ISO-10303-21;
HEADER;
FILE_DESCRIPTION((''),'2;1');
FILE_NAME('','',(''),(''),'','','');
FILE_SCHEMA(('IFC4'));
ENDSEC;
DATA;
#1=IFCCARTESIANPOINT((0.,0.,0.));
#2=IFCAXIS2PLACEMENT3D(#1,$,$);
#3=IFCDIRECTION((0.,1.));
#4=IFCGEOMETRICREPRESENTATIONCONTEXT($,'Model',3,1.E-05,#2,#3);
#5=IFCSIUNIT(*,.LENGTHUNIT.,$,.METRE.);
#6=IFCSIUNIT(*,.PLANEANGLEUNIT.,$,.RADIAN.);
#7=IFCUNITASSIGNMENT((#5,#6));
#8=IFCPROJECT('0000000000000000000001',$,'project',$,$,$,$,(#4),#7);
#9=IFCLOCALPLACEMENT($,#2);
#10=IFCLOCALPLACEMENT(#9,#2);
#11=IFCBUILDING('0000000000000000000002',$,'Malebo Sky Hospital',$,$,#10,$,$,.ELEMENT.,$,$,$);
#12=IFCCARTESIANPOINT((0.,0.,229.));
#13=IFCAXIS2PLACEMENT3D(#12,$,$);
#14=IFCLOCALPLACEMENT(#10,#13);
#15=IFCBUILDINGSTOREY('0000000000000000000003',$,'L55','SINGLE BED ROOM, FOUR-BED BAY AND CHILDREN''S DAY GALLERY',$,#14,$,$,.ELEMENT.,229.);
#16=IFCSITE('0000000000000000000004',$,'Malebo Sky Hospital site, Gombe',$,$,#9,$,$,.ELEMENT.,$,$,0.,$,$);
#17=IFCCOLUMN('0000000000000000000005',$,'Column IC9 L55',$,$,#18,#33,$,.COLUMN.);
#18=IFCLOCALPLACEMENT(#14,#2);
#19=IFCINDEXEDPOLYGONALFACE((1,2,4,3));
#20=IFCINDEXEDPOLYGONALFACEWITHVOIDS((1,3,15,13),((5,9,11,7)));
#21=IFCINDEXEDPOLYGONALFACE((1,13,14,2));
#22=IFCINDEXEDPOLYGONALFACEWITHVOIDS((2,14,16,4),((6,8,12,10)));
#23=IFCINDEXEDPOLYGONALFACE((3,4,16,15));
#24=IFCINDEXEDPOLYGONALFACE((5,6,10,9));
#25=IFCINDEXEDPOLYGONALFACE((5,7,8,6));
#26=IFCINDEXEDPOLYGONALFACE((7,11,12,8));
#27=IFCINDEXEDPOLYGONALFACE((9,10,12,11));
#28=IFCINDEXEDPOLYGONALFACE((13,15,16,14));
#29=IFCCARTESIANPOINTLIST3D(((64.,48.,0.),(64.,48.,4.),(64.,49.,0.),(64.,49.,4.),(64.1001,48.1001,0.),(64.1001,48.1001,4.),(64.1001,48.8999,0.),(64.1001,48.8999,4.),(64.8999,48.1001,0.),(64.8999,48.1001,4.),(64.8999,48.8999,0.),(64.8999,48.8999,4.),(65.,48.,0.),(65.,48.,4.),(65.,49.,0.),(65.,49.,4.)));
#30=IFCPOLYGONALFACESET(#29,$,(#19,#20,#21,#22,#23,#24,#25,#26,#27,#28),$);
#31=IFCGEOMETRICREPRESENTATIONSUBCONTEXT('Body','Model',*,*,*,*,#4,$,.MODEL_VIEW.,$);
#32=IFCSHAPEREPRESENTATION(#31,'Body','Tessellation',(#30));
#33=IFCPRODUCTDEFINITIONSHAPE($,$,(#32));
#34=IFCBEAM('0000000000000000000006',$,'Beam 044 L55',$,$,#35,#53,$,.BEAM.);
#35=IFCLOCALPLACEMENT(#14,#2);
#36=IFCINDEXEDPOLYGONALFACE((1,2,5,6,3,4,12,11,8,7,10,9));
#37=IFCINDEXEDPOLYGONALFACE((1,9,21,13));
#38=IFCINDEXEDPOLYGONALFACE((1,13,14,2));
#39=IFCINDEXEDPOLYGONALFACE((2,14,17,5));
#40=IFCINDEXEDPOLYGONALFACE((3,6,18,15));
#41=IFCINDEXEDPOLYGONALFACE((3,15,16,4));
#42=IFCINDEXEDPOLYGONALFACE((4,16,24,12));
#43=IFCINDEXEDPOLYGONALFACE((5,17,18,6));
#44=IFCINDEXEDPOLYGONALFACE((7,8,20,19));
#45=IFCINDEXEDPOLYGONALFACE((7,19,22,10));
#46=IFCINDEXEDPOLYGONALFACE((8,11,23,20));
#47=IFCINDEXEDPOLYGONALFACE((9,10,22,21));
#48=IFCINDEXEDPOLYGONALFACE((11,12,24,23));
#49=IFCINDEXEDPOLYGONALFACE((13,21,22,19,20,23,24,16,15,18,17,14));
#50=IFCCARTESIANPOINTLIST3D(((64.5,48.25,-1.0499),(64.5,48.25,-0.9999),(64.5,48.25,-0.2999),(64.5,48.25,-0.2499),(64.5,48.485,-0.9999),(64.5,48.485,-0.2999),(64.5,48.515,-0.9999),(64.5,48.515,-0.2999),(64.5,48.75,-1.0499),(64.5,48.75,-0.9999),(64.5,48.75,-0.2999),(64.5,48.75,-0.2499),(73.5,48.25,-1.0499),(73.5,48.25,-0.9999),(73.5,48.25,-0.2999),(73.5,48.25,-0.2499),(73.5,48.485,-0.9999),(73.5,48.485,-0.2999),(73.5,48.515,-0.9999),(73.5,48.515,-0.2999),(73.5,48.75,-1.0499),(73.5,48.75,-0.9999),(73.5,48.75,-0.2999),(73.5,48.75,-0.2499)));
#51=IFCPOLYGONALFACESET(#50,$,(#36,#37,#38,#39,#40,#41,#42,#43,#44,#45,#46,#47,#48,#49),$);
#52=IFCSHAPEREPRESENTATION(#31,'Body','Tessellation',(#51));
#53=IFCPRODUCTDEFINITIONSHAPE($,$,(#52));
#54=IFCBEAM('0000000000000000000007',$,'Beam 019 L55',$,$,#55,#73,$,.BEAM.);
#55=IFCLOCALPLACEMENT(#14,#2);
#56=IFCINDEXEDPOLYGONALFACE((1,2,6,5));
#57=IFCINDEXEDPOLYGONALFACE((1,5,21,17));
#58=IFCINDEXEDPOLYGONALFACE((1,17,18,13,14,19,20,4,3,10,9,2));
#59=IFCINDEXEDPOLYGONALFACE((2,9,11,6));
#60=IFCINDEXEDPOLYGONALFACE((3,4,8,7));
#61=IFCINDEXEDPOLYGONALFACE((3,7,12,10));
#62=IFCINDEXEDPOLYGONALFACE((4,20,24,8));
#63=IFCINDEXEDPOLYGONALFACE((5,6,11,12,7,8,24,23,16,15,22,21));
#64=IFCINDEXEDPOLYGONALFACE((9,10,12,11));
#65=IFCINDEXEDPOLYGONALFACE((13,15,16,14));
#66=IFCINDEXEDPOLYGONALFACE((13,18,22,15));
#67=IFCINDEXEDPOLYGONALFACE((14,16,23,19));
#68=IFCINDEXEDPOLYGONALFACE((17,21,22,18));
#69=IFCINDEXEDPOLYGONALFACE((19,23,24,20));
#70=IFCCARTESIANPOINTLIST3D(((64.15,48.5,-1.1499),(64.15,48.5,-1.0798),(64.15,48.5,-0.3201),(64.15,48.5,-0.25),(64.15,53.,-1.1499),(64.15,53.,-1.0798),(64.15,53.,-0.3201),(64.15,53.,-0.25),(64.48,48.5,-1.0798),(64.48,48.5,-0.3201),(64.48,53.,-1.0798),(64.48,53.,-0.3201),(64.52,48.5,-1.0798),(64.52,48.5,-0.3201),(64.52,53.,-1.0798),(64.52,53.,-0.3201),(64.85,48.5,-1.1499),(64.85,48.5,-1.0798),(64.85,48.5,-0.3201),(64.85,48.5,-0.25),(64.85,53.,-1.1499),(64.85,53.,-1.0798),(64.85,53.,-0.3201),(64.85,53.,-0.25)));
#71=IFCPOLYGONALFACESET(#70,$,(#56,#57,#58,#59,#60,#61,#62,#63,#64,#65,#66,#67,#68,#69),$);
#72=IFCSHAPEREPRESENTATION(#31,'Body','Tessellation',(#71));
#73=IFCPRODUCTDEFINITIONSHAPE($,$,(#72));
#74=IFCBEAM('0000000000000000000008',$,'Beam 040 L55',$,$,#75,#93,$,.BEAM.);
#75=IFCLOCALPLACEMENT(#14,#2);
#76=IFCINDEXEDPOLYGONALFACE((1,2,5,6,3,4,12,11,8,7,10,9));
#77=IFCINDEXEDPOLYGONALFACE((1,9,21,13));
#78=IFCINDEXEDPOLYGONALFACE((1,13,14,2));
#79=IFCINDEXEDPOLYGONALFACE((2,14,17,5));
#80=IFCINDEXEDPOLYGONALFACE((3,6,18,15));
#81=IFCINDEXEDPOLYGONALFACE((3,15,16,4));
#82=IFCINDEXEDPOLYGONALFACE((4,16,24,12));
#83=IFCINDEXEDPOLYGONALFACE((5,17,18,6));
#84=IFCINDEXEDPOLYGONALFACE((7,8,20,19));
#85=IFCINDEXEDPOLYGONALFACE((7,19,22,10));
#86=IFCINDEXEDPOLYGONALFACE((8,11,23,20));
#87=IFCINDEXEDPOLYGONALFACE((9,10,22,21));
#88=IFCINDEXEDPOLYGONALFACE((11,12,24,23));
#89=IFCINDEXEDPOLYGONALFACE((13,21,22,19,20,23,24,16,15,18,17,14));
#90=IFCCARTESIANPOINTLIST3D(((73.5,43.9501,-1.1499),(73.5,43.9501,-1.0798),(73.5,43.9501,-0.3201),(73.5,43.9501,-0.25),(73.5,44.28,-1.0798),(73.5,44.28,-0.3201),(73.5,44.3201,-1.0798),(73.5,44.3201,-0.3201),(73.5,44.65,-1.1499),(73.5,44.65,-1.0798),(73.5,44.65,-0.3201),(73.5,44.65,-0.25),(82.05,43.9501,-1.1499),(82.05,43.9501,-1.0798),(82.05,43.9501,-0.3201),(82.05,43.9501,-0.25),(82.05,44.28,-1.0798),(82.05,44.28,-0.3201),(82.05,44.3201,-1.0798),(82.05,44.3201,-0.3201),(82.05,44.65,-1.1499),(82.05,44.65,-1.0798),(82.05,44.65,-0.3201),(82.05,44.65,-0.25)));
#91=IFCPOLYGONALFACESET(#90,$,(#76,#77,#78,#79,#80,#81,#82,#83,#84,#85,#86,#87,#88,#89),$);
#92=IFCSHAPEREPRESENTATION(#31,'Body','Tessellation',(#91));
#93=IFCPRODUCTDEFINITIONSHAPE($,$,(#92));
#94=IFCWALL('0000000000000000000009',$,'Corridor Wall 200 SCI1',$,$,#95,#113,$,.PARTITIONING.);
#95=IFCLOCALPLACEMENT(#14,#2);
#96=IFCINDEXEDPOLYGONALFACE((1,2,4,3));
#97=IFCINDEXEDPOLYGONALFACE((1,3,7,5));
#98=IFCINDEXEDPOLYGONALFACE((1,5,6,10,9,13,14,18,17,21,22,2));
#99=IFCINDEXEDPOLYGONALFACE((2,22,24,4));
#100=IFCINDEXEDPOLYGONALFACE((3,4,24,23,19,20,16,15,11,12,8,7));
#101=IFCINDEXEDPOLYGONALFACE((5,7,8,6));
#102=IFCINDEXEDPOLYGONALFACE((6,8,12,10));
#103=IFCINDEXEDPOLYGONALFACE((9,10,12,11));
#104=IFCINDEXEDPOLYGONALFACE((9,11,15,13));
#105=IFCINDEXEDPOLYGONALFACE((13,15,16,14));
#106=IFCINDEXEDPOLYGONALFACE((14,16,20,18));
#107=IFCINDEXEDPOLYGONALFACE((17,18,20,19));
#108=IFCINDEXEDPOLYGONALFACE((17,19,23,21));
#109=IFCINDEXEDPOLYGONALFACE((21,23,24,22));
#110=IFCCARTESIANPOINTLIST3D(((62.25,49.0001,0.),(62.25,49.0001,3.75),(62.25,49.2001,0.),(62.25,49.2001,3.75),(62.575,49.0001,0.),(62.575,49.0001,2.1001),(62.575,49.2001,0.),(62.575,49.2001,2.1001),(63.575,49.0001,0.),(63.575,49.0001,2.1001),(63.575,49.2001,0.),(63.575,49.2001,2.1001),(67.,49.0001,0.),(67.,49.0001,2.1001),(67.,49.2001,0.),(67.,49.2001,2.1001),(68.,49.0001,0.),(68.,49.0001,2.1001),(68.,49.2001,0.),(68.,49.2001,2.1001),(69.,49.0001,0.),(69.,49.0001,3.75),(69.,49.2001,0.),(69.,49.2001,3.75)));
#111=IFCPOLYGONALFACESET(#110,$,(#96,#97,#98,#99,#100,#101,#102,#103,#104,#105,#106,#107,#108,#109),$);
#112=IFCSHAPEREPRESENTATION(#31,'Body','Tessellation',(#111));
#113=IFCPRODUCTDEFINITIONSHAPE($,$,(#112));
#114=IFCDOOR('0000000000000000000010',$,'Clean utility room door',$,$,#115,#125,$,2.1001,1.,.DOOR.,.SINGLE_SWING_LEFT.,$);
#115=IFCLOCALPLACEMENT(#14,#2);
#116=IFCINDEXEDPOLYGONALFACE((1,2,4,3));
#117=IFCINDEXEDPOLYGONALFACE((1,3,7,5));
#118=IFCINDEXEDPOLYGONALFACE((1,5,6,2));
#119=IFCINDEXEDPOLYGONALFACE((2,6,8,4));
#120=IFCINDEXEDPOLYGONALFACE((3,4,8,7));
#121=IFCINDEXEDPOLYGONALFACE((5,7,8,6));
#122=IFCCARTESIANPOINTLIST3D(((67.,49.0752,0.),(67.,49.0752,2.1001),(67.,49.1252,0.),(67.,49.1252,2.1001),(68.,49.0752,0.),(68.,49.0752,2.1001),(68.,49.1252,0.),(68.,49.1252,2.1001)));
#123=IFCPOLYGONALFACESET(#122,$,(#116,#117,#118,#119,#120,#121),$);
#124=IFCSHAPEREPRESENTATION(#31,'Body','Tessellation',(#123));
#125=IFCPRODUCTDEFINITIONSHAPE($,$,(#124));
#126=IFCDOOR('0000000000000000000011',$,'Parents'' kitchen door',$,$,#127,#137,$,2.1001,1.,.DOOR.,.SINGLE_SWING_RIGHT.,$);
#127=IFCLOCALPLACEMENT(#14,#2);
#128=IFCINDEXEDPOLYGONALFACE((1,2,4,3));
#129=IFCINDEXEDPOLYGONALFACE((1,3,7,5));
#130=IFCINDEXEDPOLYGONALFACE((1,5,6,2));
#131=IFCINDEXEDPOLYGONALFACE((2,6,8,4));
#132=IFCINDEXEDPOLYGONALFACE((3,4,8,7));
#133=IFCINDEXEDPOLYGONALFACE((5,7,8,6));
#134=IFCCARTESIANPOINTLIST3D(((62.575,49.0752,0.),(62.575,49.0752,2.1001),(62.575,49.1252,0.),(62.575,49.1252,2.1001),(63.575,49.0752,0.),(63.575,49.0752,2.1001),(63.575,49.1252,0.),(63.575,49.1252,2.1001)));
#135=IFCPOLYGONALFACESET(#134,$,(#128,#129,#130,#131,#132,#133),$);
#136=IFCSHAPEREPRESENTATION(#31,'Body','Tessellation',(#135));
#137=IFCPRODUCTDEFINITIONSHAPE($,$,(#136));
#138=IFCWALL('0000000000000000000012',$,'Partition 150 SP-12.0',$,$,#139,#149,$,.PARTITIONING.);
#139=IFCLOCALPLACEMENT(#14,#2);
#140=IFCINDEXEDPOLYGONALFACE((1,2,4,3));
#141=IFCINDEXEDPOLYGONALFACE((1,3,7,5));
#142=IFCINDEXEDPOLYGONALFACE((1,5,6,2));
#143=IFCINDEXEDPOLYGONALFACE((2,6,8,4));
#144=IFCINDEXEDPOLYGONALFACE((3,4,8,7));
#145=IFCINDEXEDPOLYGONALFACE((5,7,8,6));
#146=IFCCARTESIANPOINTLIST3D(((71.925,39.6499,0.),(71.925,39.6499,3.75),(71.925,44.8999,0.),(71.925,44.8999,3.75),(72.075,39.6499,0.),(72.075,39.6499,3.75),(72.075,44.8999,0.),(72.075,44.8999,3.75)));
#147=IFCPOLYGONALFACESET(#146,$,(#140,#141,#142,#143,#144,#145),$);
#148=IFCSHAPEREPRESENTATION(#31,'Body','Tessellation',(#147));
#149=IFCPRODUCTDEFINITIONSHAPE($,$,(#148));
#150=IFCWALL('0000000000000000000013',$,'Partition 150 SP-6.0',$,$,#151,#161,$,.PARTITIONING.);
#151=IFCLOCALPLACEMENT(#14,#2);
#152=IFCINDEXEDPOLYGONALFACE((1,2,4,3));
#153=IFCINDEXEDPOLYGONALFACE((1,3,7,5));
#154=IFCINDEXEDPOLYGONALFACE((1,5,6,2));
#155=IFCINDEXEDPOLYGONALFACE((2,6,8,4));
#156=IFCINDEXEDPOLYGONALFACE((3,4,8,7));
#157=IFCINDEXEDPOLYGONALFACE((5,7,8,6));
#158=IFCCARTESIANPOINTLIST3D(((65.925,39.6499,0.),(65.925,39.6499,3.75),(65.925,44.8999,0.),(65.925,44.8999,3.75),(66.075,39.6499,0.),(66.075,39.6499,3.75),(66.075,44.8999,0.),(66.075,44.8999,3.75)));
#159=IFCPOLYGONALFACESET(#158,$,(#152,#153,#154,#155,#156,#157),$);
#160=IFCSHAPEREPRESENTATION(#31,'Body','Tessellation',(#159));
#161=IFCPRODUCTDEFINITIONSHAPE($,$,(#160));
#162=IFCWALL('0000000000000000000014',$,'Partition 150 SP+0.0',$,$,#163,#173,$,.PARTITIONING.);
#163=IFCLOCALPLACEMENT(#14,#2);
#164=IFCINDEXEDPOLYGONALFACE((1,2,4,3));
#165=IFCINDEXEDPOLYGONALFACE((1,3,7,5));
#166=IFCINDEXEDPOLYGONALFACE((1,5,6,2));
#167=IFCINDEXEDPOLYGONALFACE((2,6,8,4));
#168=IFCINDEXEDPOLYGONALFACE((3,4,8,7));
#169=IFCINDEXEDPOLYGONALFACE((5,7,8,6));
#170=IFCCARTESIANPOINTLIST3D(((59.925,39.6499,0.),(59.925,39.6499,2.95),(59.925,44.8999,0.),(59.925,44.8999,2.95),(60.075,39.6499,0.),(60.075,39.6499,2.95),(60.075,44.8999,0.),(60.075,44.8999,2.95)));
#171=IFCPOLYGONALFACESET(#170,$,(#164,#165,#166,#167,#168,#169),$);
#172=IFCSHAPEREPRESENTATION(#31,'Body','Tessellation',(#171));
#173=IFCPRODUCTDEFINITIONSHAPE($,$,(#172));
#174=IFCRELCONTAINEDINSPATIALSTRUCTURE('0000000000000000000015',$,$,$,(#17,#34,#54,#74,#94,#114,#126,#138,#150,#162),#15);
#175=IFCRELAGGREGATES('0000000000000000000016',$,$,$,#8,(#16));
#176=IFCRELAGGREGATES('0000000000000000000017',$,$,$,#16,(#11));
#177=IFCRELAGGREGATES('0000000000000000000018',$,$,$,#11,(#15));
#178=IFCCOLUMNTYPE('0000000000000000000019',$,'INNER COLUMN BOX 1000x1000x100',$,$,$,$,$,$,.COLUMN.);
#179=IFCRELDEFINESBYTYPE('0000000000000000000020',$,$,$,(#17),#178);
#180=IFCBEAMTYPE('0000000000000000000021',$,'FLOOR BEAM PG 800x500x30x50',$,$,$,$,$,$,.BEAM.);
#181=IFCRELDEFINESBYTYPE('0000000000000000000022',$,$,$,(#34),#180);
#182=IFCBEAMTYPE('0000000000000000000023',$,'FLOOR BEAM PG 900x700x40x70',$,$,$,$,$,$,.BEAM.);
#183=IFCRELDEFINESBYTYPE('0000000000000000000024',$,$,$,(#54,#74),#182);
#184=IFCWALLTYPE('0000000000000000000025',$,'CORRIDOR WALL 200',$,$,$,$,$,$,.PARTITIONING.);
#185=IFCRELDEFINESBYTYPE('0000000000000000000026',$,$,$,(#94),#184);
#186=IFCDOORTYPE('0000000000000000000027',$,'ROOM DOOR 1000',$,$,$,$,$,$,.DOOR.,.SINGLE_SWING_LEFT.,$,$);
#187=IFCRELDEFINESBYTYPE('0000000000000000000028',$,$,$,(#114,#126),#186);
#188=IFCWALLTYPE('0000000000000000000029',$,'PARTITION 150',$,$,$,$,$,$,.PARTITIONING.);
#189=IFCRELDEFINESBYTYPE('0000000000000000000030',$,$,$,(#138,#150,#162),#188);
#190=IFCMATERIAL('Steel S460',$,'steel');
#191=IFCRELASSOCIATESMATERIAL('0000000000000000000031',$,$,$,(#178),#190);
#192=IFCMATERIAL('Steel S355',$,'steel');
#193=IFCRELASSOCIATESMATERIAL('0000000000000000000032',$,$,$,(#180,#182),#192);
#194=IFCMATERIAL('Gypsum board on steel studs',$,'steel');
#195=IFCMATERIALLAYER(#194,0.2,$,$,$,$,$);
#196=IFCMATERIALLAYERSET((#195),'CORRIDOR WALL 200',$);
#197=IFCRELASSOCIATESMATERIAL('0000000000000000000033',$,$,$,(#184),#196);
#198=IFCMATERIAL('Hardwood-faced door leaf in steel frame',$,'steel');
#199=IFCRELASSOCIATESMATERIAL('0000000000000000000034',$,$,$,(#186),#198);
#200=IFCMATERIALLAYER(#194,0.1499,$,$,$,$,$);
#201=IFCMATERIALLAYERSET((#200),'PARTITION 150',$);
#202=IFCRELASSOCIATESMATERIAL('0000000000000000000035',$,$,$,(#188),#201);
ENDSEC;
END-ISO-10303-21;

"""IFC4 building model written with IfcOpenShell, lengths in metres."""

from ifc_helpers import new_model, si_unit, direction, frame, frame_2d, origin, origin_2d, place, context, subcontext, project, spatial, rectangle, hollow_rectangle, i_section, extrude, material, layer, layer_set, material_profile, profile_set, type_object, element, fill, save


model = new_model("IFC4")

# Units and contexts
model_context = context("Model", 3, precision=1e-05, world=origin(), true_north=direction((0.0, 1.0)))
body_context = subcontext(model_context, "Body", "Model", "MODEL_VIEW")
ifc_project = project(units=[si_unit("LENGTHUNIT", "METRE"), si_unit("PLANEANGLEUNIT", "RADIAN")], contexts=[model_context])

# Site, building, storey
site_placement = place(None, origin())
site = spatial("IfcSite", under=ifc_project, at=site_placement, Name="Malebo Sky Hospital site, Gombe", CompositionType="ELEMENT", RefElevation=0.0)
building_placement = place(site_placement, origin())
building = spatial("IfcBuilding", under=site, at=building_placement, Name="Malebo Sky Hospital", CompositionType="ELEMENT")
storey_placement = place(building_placement, frame((0.0, 0.0, 229.0)))
storey = spatial("IfcBuildingStorey", under=building, at=storey_placement, Name="L55", Description="SINGLE BED ROOM, FOUR-BED BAY AND CHILDREN'S DAY GALLERY", CompositionType="ELEMENT", Elevation=229.0)

# Column
ifc_material_1 = material(Name="Steel S460", Category="steel")
ifc_material_profile_1 = material_profile(ifc_material_1, hollow_rectangle(XDim=1.0, YDim=1.0, WallThickness=0.1001, at=origin_2d()), Name="BOX 1000x1000x100")
ifc_profile_set_1 = profile_set([ifc_material_profile_1], Name="Steel S460")
column_type = type_object("IfcColumnType", Name="INNER COLUMN BOX 1000x1000x100", PredefinedType="COLUMN", material=ifc_profile_set_1)
column_placement = place(storey_placement, frame((64.5, 48.5, 0.0), z_axis=(0.0, 0.0, 1.0), x_axis=(1.0, 0.0, 0.0)))
element("IfcColumn", 1, at=column_placement, inside=storey, type_object=column_type, Name="Column IC9 L55", PredefinedType="COLUMN", context=body_context, shape_type="SweptSolid", body=[
    extrude(hollow_rectangle(XDim=1.0, YDim=1.0, WallThickness=0.1001, at=origin_2d()), origin(), (0.0, 0.0, 1.0), 4.0),
])

# Beams
ifc_material_2 = material(Name="Steel S355", Category="steel")
ifc_material_profile_2 = material_profile(ifc_material_2, i_section(OverallWidth=0.5, OverallDepth=0.8, WebThickness=0.03, FlangeThickness=0.05, at=origin_2d()), Name="PG 800x500x30x50")
ifc_profile_set_2 = profile_set([ifc_material_profile_2], Name="Steel S355")
beam_type_1 = type_object("IfcBeamType", Name="FLOOR BEAM PG 800x500x30x50", PredefinedType="BEAM", material=ifc_profile_set_2)
beam_1_placement = place(storey_placement, frame((64.5, 48.5, -0.6499), z_axis=(1.0, 0.0, 0.0), x_axis=(0.0, 1.0, 0.0)))
element("IfcBeam", 2, at=beam_1_placement, inside=storey, type_object=beam_type_1, Name="Beam 044 L55", PredefinedType="BEAM", context=body_context, shape_type="SweptSolid", body=[
    extrude(i_section(OverallWidth=0.5, OverallDepth=0.8, WebThickness=0.03, FlangeThickness=0.05, at=origin_2d()), origin(), (0.0, 0.0, 1.0), 9.0),
])
ifc_material_profile_3 = material_profile(ifc_material_2, i_section(OverallWidth=0.7, OverallDepth=0.8999, WebThickness=0.04, FlangeThickness=0.0701, at=origin_2d()), Name="PG 900x700x40x70")
ifc_profile_set_3 = profile_set([ifc_material_profile_3], Name="Steel S355")
beam_type_2 = type_object("IfcBeamType", Name="FLOOR BEAM PG 900x700x40x70", PredefinedType="BEAM", material=ifc_profile_set_3)
beam_2_placement = place(storey_placement, frame((64.5, 48.5, -0.7), z_axis=(0.0, 1.0, 0.0), x_axis=(-1.0, 0.0, 0.0)))
element("IfcBeam", 3, at=beam_2_placement, inside=storey, type_object=beam_type_2, Name="Beam 019 L55", PredefinedType="BEAM", context=body_context, shape_type="SweptSolid", body=[
    extrude(i_section(OverallWidth=0.7, OverallDepth=0.8999, WebThickness=0.04, FlangeThickness=0.0701, at=origin_2d()), origin(), (0.0, 0.0, 1.0), 4.5),
])
beam_3_placement = place(storey_placement, frame((73.5, 44.3, -0.7), z_axis=(1.0, 0.0, 0.0), x_axis=(0.0, 1.0, 0.0)))
element("IfcBeam", 4, at=beam_3_placement, inside=storey, type_object=beam_type_2, Name="Beam 040 L55", PredefinedType="BEAM", context=body_context, shape_type="SweptSolid", body=[
    extrude(i_section(OverallWidth=0.7, OverallDepth=0.8999, WebThickness=0.04, FlangeThickness=0.0701, at=origin_2d()), origin(), (0.0, 0.0, 1.0), 8.55),
])

# Wall, openings, doors
ifc_material_3 = material(Name="Gypsum board on steel studs", Category="steel")
ifc_layer_1 = layer(ifc_material_3, 0.2)
ifc_layer_set_1 = layer_set([ifc_layer_1], Name="CORRIDOR WALL 200")
wall_type_1 = type_object("IfcWallType", Name="CORRIDOR WALL 200", PredefinedType="PARTITIONING", material=ifc_layer_set_1)
wall_1_placement = place(storey_placement, frame((69.0, 49.1001, 0.0), z_axis=(0.0, 0.0, 1.0), x_axis=(-1.0, 0.0, 0.0)))
wall_1 = element("IfcWall", 5, at=wall_1_placement, inside=storey, type_object=wall_type_1, Name="Corridor Wall 200 SCI1", PredefinedType="PARTITIONING", context=body_context, shape_type="SweptSolid", body=[
    extrude(rectangle(XDim=6.75, YDim=0.2, at=frame_2d((3.375, 0.0))), origin(), (0.0, 0.0, 1.0), 3.75),
])
opening_1_placement = place(wall_1_placement, frame((1.0, 0.0, 0.0)))
opening_1 = element("IfcOpeningElement", 6, at=opening_1_placement, cuts=wall_1, PredefinedType="OPENING", context=body_context, shape_type="SweptSolid", body=[
    extrude(rectangle(XDim=1.0, YDim=2.1001, at=frame_2d((0.5, 1.05))), frame((0.0, 0.1099, 0.0), z_axis=(0.0, -1.0, 0.0), x_axis=(1.0, 0.0, 0.0)), (0.0, 0.0, 1.0), 0.22),
])
opening_2_placement = place(wall_1_placement, frame((5.425, 0.0, 0.0)))
opening_2 = element("IfcOpeningElement", 7, at=opening_2_placement, cuts=wall_1, PredefinedType="OPENING", context=body_context, shape_type="SweptSolid", body=[
    extrude(rectangle(XDim=1.0, YDim=2.1001, at=frame_2d((0.5, 1.05))), frame((0.0, 0.1099, 0.0), z_axis=(0.0, -1.0, 0.0), x_axis=(1.0, 0.0, 0.0)), (0.0, 0.0, 1.0), 0.22),
])
ifc_material_4 = material(Name="Hardwood-faced door leaf in steel frame", Category="steel")
door_type_1 = type_object("IfcDoorType", Name="ROOM DOOR 1000", OperationType="SINGLE_SWING_LEFT", PredefinedType="DOOR", material=ifc_material_4)
door_1_placement = place(opening_1_placement, origin())
door_1 = element("IfcDoor", 8, at=door_1_placement, inside=storey, type_object=door_type_1, Name="Clean utility room door", OperationType="SINGLE_SWING_LEFT", OverallHeight=2.1001, OverallWidth=1.0, PredefinedType="DOOR", context=body_context, shape_type="SweptSolid", body=[
    extrude(rectangle(XDim=1.0, YDim=2.1001, at=frame_2d((0.5, 1.05))), frame((0.0, 0.0249, 0.0), z_axis=(0.0, -1.0, 0.0), x_axis=(1.0, 0.0, 0.0)), (0.0, 0.0, 1.0), 0.05),
])
fill(opening_1, door_1)
door_2_placement = place(opening_2_placement, origin())
door_2 = element("IfcDoor", 9, at=door_2_placement, inside=storey, type_object=door_type_1, Name="Parents' kitchen door", OperationType="SINGLE_SWING_RIGHT", OverallHeight=2.1001, OverallWidth=1.0, PredefinedType="DOOR", context=body_context, shape_type="SweptSolid", body=[
    extrude(rectangle(XDim=1.0, YDim=2.1001, at=frame_2d((0.5, 1.05))), frame((0.0, 0.0249, 0.0), z_axis=(0.0, -1.0, 0.0), x_axis=(1.0, 0.0, 0.0)), (0.0, 0.0, 1.0), 0.05),
])
fill(opening_2, door_2)

# Walls
ifc_layer_2 = layer(ifc_material_3, 0.1499)
ifc_layer_set_2 = layer_set([ifc_layer_2], Name="PARTITION 150")
wall_type_2 = type_object("IfcWallType", Name="PARTITION 150", PredefinedType="PARTITIONING", material=ifc_layer_set_2)
for number, where, z_axis, x_axis, name in (
    (10, (72.0, 44.8999, 0.0), (0.0, 0.0, 1.0), (0.0, -1.0, 0.0), "Partition 150 SP-12.0"),
    (11, (66.0, 44.8999, 0.0), (0.0, 0.0, 1.0), (0.0, -1.0, 0.0), "Partition 150 SP-6.0"),
):
    element("IfcWall", number, at=place(storey_placement, frame(where, z_axis=z_axis, x_axis=x_axis)), inside=storey, type_object=wall_type_2, Name=name, PredefinedType="PARTITIONING", context=body_context, shape_type="SweptSolid", body=[
        extrude(rectangle(XDim=5.25, YDim=0.1499, at=frame_2d((2.625, 0.0))), origin(), (0.0, 0.0, 1.0), 3.75),
    ])
wall_2_placement = place(storey_placement, frame((60.0, 44.8999, 0.0), z_axis=(0.0, 0.0, 1.0), x_axis=(0.0, -1.0, 0.0)))
element("IfcWall", 12, at=wall_2_placement, inside=storey, type_object=wall_type_2, Name="Partition 150 SP+0.0", PredefinedType="PARTITIONING", context=body_context, shape_type="SweptSolid", body=[
    extrude(rectangle(XDim=5.25, YDim=0.1499, at=frame_2d((2.625, 0.0))), origin(), (0.0, 0.0, 1.0), 2.95),
])

save(model, "model.ifc")
